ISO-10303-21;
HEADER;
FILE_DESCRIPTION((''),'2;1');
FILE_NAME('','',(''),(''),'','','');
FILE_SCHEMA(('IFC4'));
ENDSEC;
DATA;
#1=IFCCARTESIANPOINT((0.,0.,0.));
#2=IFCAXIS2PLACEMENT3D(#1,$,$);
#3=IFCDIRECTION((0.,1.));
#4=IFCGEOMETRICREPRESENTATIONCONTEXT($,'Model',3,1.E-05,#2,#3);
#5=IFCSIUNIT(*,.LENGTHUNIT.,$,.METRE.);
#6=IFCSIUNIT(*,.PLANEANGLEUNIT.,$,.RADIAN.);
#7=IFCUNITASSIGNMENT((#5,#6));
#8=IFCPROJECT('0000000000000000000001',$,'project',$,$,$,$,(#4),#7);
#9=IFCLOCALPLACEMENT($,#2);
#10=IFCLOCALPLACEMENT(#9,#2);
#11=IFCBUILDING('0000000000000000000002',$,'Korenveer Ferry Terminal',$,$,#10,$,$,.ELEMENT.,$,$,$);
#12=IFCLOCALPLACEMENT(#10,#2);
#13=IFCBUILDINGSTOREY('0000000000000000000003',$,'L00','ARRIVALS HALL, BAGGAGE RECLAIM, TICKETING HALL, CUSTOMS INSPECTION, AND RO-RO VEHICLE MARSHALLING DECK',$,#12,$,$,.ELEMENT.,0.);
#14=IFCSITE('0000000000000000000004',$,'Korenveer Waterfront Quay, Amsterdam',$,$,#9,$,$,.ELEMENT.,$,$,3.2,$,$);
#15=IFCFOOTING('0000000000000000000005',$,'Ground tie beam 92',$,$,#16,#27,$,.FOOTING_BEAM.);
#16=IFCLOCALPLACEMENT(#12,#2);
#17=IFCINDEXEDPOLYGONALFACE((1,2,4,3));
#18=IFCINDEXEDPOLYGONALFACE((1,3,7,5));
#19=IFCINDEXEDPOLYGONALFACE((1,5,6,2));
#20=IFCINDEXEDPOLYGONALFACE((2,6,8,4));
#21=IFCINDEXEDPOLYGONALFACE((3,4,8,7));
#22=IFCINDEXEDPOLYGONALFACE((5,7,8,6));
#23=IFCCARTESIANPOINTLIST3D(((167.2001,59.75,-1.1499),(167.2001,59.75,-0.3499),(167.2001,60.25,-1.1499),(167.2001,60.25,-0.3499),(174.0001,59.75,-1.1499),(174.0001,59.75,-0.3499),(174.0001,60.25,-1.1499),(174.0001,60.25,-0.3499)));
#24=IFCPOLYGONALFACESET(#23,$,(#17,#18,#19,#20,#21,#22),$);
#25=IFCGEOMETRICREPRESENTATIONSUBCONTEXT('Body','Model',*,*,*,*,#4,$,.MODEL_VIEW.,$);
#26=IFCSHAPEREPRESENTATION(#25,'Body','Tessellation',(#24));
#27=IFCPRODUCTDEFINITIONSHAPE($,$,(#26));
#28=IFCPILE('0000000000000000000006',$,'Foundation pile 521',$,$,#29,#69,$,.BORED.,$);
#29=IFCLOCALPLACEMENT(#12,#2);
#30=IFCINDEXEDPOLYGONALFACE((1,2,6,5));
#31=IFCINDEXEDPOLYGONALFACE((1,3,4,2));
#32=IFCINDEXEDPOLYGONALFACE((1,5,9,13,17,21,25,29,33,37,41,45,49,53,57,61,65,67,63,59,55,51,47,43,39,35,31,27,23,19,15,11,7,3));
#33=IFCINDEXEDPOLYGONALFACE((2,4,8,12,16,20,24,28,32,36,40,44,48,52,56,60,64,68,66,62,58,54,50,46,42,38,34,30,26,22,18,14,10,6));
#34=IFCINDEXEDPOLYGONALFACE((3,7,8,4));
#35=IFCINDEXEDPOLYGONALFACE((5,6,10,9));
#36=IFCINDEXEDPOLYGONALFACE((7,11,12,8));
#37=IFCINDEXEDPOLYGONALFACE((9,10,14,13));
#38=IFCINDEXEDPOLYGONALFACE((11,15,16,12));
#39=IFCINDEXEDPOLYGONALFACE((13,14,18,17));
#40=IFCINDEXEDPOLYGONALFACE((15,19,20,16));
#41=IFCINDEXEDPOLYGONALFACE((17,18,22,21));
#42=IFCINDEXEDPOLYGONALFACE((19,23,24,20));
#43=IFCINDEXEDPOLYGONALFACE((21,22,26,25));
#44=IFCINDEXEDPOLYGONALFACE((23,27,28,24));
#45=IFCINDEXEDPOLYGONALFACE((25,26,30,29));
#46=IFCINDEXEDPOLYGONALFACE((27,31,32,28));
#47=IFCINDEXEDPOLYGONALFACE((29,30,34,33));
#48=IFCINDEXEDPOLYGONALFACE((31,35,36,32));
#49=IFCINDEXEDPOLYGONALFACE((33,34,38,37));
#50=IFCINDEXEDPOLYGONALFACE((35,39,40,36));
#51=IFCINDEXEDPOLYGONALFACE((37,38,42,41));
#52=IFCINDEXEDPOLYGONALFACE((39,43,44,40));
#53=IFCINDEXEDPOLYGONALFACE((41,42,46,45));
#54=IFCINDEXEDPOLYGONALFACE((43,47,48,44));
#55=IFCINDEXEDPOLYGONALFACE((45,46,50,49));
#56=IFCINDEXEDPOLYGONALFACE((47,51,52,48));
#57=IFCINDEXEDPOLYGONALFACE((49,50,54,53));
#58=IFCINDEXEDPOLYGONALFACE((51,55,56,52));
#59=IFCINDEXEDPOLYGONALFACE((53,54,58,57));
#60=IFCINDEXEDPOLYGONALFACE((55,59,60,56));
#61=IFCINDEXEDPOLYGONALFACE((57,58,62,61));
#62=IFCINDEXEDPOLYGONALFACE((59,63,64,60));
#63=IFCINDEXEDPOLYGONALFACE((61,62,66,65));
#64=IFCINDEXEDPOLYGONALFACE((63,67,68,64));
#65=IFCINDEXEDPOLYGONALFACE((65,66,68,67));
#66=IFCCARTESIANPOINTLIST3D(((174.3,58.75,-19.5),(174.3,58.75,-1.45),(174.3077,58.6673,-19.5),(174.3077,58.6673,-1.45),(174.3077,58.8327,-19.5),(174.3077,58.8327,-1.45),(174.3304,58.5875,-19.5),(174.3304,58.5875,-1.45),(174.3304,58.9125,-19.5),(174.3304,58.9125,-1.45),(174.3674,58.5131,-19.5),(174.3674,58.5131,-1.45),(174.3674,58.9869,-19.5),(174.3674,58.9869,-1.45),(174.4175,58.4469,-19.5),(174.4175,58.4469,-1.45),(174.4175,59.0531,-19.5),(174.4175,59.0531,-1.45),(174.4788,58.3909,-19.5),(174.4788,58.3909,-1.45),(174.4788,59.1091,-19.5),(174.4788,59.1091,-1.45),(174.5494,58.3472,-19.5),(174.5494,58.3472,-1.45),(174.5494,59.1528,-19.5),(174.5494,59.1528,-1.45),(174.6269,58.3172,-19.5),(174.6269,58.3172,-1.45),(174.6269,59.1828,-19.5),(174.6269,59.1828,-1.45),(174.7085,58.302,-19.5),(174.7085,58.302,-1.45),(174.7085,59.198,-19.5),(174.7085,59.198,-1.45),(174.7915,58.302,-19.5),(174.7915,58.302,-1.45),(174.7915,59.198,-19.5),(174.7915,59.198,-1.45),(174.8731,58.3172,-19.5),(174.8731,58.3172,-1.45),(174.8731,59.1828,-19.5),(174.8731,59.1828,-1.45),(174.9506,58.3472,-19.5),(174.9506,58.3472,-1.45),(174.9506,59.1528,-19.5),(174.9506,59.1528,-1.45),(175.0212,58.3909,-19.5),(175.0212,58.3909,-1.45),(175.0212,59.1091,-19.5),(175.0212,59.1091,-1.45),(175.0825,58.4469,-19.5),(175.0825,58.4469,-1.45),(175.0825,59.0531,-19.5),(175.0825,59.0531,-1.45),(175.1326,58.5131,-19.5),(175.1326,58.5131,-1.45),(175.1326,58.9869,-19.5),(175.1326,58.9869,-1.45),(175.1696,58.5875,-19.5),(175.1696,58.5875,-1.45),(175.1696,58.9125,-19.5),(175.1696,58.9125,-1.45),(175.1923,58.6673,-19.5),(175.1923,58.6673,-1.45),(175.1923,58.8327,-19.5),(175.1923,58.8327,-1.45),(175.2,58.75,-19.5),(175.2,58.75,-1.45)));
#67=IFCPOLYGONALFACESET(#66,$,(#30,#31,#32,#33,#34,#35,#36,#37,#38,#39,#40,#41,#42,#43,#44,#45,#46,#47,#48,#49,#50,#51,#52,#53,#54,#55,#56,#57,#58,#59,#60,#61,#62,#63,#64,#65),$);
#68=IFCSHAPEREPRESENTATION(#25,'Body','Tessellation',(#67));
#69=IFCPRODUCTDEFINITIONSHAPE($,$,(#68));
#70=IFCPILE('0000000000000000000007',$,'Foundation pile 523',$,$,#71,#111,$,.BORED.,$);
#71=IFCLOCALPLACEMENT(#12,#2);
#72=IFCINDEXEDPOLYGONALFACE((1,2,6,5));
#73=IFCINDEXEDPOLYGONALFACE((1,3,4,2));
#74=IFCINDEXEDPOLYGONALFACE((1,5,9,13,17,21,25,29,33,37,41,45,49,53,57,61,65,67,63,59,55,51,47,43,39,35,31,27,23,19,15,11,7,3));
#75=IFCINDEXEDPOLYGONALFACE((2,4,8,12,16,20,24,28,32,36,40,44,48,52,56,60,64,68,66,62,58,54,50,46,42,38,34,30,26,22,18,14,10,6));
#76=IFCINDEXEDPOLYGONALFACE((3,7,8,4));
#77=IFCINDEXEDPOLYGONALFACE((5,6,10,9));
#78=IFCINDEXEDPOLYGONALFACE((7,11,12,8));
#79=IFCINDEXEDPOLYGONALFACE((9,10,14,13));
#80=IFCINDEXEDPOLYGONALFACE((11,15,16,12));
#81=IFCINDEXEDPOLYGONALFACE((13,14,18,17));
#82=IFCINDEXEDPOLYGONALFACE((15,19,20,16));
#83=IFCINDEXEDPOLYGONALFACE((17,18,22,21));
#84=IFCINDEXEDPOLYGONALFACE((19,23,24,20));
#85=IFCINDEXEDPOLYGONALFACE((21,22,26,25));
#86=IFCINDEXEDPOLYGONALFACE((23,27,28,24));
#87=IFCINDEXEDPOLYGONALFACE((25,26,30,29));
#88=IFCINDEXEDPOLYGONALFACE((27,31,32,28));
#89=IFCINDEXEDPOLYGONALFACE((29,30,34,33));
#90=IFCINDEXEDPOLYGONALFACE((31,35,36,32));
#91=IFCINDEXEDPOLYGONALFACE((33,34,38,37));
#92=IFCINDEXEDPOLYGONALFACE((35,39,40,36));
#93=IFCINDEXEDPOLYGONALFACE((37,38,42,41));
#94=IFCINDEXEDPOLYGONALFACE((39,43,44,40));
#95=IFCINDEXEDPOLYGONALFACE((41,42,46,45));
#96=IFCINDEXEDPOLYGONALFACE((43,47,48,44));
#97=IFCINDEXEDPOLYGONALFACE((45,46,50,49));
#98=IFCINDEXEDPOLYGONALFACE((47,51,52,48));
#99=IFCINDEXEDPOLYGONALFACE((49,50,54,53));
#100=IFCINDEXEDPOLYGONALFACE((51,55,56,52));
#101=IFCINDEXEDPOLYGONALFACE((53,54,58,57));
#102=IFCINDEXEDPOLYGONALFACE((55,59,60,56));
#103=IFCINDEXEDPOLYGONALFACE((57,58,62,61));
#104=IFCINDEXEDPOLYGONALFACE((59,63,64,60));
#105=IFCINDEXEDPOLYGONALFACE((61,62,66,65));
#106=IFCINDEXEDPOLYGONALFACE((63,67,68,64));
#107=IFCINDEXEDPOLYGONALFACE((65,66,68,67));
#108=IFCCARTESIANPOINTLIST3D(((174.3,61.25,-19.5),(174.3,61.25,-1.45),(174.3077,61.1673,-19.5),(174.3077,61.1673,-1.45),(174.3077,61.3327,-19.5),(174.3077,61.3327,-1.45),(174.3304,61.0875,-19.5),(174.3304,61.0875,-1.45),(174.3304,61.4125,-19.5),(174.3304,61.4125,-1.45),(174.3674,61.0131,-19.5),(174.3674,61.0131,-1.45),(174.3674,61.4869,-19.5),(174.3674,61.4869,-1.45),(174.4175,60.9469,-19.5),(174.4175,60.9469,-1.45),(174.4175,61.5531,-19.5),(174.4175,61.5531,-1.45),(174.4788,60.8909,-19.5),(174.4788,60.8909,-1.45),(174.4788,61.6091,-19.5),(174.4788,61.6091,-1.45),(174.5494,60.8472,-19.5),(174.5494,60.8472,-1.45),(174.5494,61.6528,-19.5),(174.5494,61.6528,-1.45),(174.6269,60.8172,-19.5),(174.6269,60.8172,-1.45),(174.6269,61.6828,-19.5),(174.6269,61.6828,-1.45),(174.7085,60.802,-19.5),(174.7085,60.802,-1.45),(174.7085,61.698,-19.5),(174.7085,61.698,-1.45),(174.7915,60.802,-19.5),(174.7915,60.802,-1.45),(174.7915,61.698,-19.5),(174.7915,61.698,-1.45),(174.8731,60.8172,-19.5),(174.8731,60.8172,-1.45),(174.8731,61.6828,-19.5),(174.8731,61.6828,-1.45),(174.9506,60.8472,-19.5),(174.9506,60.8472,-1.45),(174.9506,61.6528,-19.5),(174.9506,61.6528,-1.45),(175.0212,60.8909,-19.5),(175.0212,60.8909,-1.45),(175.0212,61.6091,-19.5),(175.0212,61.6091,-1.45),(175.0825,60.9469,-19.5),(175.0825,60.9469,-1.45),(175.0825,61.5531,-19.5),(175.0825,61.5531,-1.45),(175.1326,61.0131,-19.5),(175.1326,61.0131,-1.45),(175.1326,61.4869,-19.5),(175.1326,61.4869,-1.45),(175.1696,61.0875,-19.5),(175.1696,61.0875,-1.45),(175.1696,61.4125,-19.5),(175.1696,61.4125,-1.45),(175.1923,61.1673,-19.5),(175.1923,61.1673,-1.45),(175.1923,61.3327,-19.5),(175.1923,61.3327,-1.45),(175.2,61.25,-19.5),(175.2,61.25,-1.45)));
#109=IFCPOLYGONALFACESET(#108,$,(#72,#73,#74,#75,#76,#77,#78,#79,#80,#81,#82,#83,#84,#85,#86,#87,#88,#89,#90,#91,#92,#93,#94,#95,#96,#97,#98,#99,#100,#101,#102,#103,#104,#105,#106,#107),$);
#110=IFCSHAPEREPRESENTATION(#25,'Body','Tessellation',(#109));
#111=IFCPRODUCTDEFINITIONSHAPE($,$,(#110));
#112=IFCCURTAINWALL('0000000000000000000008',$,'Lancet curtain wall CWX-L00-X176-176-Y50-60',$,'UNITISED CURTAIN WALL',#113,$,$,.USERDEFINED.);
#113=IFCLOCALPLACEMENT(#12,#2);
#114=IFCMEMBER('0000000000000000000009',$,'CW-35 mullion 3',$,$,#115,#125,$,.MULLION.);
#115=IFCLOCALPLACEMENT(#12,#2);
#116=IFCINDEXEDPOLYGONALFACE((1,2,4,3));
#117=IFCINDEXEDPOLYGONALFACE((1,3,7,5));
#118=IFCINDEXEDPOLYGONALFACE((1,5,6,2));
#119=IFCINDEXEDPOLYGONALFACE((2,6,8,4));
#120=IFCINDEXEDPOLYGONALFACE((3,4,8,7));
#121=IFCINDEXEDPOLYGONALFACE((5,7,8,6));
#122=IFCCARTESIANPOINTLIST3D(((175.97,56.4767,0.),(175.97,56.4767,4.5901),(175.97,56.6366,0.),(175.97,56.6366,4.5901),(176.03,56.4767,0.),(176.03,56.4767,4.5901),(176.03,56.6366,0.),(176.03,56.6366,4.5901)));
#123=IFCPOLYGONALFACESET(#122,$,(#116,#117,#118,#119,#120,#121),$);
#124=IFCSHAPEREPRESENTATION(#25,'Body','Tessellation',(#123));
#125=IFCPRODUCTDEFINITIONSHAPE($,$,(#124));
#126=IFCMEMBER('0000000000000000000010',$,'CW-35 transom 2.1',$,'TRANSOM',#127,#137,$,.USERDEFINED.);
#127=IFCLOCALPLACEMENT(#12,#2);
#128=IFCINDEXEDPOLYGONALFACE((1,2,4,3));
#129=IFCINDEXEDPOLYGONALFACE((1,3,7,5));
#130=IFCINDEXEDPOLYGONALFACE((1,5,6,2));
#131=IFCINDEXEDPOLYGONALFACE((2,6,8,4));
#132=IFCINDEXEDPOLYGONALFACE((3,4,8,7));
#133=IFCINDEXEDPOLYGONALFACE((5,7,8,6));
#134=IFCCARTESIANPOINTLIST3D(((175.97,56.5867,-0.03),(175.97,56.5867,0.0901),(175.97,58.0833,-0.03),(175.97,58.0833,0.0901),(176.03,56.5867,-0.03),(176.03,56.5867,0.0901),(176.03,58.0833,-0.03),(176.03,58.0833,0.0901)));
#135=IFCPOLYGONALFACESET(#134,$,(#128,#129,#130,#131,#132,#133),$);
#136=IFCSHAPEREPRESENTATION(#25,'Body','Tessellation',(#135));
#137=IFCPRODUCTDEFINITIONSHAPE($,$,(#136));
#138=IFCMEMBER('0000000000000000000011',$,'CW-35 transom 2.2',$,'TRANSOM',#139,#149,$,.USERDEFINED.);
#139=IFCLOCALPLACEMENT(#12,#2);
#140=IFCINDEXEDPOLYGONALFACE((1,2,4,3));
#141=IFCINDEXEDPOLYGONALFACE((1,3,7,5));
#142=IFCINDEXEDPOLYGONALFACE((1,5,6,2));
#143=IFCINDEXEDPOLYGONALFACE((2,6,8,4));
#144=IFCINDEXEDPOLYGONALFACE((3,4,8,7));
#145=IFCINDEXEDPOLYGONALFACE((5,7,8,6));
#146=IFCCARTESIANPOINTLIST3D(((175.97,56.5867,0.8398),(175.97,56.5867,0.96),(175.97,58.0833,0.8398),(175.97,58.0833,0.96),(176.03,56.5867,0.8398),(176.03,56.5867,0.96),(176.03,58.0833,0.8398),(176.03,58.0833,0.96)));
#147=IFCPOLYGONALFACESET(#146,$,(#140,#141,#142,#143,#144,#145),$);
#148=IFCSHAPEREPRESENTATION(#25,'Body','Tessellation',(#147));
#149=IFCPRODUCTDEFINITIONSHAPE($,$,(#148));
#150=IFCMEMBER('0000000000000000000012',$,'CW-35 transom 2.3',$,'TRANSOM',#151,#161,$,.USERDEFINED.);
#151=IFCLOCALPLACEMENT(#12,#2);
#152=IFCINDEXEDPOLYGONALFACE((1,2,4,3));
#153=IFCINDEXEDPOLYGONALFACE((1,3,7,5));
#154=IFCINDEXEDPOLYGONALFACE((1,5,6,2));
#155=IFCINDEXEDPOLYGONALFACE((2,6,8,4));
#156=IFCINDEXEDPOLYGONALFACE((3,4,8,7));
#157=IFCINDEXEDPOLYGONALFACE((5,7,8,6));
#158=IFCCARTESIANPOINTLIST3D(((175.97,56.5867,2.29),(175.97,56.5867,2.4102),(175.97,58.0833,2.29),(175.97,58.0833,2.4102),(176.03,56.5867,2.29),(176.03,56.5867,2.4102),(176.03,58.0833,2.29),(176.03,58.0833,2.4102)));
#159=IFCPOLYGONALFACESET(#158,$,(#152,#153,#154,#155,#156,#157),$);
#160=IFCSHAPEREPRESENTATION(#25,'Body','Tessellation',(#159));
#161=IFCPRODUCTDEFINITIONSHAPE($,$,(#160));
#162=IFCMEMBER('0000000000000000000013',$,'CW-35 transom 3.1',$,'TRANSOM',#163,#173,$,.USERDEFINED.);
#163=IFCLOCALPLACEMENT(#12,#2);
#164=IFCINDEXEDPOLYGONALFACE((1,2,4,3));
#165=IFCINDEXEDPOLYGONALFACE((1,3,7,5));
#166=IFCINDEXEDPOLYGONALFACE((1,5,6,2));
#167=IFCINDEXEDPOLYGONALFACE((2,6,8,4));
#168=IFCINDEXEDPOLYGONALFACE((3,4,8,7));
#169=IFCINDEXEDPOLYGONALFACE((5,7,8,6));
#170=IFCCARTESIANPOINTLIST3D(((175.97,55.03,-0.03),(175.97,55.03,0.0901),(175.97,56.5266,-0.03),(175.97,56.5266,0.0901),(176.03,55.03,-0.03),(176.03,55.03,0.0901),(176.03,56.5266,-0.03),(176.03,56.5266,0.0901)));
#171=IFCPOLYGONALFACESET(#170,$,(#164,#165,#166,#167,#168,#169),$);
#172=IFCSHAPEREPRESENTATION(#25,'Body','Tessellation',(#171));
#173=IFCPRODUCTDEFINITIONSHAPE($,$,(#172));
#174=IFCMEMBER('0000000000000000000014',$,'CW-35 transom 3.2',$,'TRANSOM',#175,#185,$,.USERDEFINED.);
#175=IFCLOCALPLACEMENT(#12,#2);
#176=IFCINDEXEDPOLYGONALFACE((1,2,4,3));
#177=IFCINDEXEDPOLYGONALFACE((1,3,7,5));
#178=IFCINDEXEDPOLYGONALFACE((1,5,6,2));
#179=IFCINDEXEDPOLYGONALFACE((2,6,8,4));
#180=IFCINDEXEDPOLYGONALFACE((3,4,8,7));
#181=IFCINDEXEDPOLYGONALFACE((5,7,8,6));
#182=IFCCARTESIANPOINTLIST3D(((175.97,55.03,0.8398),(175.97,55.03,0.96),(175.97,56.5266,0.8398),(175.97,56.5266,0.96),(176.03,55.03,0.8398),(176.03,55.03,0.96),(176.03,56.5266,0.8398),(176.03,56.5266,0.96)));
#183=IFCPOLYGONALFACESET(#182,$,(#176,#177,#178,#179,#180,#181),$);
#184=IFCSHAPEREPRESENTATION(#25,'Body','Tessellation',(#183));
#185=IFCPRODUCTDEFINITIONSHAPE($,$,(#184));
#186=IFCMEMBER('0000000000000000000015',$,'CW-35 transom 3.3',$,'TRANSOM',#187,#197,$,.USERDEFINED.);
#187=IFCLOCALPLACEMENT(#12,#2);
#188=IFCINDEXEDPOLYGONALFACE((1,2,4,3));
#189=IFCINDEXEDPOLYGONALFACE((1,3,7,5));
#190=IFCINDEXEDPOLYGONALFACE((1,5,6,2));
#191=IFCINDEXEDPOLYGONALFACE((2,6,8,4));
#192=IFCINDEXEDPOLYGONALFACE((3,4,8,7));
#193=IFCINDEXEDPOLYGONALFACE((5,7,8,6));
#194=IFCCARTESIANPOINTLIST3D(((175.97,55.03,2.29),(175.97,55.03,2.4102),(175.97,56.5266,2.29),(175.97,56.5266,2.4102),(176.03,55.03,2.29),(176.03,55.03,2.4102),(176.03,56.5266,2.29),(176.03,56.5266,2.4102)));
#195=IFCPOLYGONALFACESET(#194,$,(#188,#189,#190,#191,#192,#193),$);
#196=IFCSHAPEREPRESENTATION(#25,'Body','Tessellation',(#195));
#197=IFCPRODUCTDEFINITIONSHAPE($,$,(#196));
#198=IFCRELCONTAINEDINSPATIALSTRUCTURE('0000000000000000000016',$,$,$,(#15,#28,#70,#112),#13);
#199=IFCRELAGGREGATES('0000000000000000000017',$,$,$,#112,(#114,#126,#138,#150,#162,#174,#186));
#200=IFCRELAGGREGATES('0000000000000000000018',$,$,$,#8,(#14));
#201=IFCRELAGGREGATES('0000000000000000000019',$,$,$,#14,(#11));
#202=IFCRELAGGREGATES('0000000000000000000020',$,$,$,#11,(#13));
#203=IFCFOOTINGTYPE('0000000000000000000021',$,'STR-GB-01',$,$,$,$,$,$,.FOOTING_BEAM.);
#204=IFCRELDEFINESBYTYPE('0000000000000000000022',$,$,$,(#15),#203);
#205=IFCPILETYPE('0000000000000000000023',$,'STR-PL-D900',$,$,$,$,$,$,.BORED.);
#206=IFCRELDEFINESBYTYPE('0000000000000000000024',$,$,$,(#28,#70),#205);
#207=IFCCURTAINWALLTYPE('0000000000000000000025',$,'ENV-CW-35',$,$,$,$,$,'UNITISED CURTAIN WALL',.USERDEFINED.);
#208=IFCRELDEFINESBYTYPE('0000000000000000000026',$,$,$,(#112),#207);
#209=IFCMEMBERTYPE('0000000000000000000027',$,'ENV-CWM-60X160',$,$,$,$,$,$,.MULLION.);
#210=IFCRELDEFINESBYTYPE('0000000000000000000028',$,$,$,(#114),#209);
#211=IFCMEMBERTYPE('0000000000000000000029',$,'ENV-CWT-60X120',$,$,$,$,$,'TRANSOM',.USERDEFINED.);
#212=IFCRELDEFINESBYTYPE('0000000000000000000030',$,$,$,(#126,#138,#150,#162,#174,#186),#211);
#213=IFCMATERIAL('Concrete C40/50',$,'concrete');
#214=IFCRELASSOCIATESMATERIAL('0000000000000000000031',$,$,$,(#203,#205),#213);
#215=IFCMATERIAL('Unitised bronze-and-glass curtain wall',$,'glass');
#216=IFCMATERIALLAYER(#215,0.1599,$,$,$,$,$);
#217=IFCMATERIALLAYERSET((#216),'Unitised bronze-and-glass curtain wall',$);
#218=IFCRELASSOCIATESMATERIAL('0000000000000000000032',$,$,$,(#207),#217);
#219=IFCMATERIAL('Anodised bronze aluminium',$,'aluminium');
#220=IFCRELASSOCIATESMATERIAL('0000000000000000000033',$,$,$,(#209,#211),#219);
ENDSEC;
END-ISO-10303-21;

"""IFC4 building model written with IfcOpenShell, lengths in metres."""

from ifc_helpers import new_model, si_unit, direction, frame, origin, origin_2d, place, context, subcontext, project, spatial, rectangle, circle, extrude, material, layer, layer_set, material_profile, profile_set, type_object, element, aggregate, save


model = new_model("IFC4")

# Units and contexts
model_context = context("Model", 3, precision=1e-05, world=origin(), true_north=direction((0.0, 1.0)))
body_context = subcontext(model_context, "Body", "Model", "MODEL_VIEW")
ifc_project = project(units=[si_unit("LENGTHUNIT", "METRE"), si_unit("PLANEANGLEUNIT", "RADIAN")], contexts=[model_context])

# Site, building, storey
site_placement = place(None, origin())
site = spatial("IfcSite", under=ifc_project, at=site_placement, Name="Korenveer Waterfront Quay, Amsterdam", CompositionType="ELEMENT", RefElevation=3.2)
building_placement = place(site_placement, origin())
building = spatial("IfcBuilding", under=site, at=building_placement, Name="Korenveer Ferry Terminal", CompositionType="ELEMENT")
storey_placement = place(building_placement, origin())
storey = spatial("IfcBuildingStorey", under=building, at=storey_placement, Name="L00", Description="ARRIVALS HALL, BAGGAGE RECLAIM, TICKETING HALL, CUSTOMS INSPECTION, AND RO-RO VEHICLE MARSHALLING DECK", CompositionType="ELEMENT", Elevation=0.0)

# Footing
ifc_material_1 = material(Name="Concrete C40/50", Category="concrete")
footing_type = type_object("IfcFootingType", Name="STR-GB-01", PredefinedType="FOOTING_BEAM", material=ifc_material_1)
footing_placement = place(storey_placement, frame((170.6001, 60.0, -1.1499), z_axis=(0.0, 0.0, 1.0), x_axis=(1.0, 0.0, 0.0)))
element("IfcFooting", 1, at=footing_placement, inside=storey, type_object=footing_type, Name="Ground tie beam 92", PredefinedType="FOOTING_BEAM", context=body_context, shape_type="SweptSolid", body=[
    extrude(rectangle(XDim=6.8, YDim=0.5, at=origin_2d()), origin(), (0.0, 0.0, 1.0), 0.8),
])

# Piles
ifc_material_profile_1 = material_profile(ifc_material_1, circle(Radius=0.45, at=origin_2d()), Name="PILE D900")
ifc_profile_set_1 = profile_set([ifc_material_profile_1], Name="Concrete C40/50")
pile_type = type_object("IfcPileType", Name="STR-PL-D900", PredefinedType="BORED", material=ifc_profile_set_1)
for number, where, z_axis, x_axis, name in (
    (2, (174.75, 58.75, -1.45), (0.0, 0.0, -1.0), (1.0, 0.0, 0.0), "Foundation pile 521"),
    (3, (174.75, 61.25, -1.45), (0.0, 0.0, -1.0), (1.0, 0.0, 0.0), "Foundation pile 523"),
):
    element("IfcPile", number, at=place(storey_placement, frame(where, z_axis=z_axis, x_axis=x_axis)), inside=storey, type_object=pile_type, Name=name, PredefinedType="BORED", context=body_context, shape_type="SweptSolid", body=[
        extrude(circle(Radius=0.45, at=origin_2d()), origin(), (0.0, 0.0, 1.0), 18.05),
    ])

# Curtain wall, members
ifc_material_2 = material(Name="Unitised bronze-and-glass curtain wall", Category="glass")
ifc_layer_1 = layer(ifc_material_2, 0.1599)
ifc_layer_set_1 = layer_set([ifc_layer_1], Name="Unitised bronze-and-glass curtain wall")
curtain_wall_type = type_object("IfcCurtainWallType", Name="ENV-CW-35", ElementType="UNITISED CURTAIN WALL", PredefinedType="USERDEFINED", material=ifc_layer_set_1)
curtain_wall_placement = place(storey_placement, frame((176.0, 59.6699, 0.0)))
curtain_wall = element("IfcCurtainWall", 4, at=curtain_wall_placement, inside=storey, type_object=curtain_wall_type, Name="Lancet curtain wall CWX-L00-X176-176-Y50-60", ObjectType="UNITISED CURTAIN WALL", PredefinedType="USERDEFINED")
ifc_material_3 = material(Name="Anodised bronze aluminium", Category="aluminium")
ifc_material_profile_2 = material_profile(ifc_material_3, rectangle(XDim=0.0601, YDim=0.1599, at=origin_2d()), Name="ALU 60x160")
ifc_profile_set_2 = profile_set([ifc_material_profile_2], Name="Anodised bronze aluminium")
member_type_1 = type_object("IfcMemberType", Name="ENV-CWM-60X160", PredefinedType="MULLION", material=ifc_profile_set_2)
member_1_placement = place(storey_placement, frame((176.0, 56.5566, 0.0), z_axis=(0.0, 0.0, 1.0), x_axis=(1.0, 0.0, 0.0)))
member_1 = element("IfcMember", 5, at=member_1_placement, type_object=member_type_1, Name="CW-35 mullion 3", PredefinedType="MULLION", context=body_context, shape_type="SweptSolid", body=[
    extrude(rectangle(XDim=0.0601, YDim=0.1599, at=origin_2d()), origin(), (0.0, 0.0, 1.0), 4.5901),
])
ifc_material_profile_3 = material_profile(ifc_material_3, rectangle(XDim=0.0601, YDim=0.1201, at=origin_2d()), Name="ALU 60x120")
ifc_profile_set_3 = profile_set([ifc_material_profile_3], Name="Anodised bronze aluminium")
member_type_2 = type_object("IfcMemberType", Name="ENV-CWT-60X120", ElementType="TRANSOM", PredefinedType="USERDEFINED", material=ifc_profile_set_3)
member_2_placement = place(storey_placement, frame((176.0, 58.0833, 0.03), z_axis=(0.0, -1.0, 0.0), x_axis=(1.0, 0.0, 0.0)))
member_2 = element("IfcMember", 6, at=member_2_placement, type_object=member_type_2, Name="CW-35 transom 2.1", ObjectType="TRANSOM", PredefinedType="USERDEFINED", context=body_context, shape_type="SweptSolid", body=[
    extrude(rectangle(XDim=0.0601, YDim=0.1201, at=origin_2d()), origin(), (0.0, 0.0, 1.0), 1.4966),
])
member_3_placement = place(storey_placement, frame((176.0, 58.0833, 0.8999), z_axis=(0.0, -1.0, 0.0), x_axis=(1.0, 0.0, 0.0)))
member_3 = element("IfcMember", 7, at=member_3_placement, type_object=member_type_2, Name="CW-35 transom 2.2", ObjectType="TRANSOM", PredefinedType="USERDEFINED", context=body_context, shape_type="SweptSolid", body=[
    extrude(rectangle(XDim=0.0601, YDim=0.1201, at=origin_2d()), origin(), (0.0, 0.0, 1.0), 1.4966),
])
member_4_placement = place(storey_placement, frame((176.0, 58.0833, 2.3501), z_axis=(0.0, -1.0, 0.0), x_axis=(1.0, 0.0, 0.0)))
member_4 = element("IfcMember", 8, at=member_4_placement, type_object=member_type_2, Name="CW-35 transom 2.3", ObjectType="TRANSOM", PredefinedType="USERDEFINED", context=body_context, shape_type="SweptSolid", body=[
    extrude(rectangle(XDim=0.0601, YDim=0.1201, at=origin_2d()), origin(), (0.0, 0.0, 1.0), 1.4966),
])
member_5_placement = place(storey_placement, frame((176.0, 56.5266, 0.03), z_axis=(0.0, -1.0, 0.0), x_axis=(1.0, 0.0, 0.0)))
member_5 = element("IfcMember", 9, at=member_5_placement, type_object=member_type_2, Name="CW-35 transom 3.1", ObjectType="TRANSOM", PredefinedType="USERDEFINED", context=body_context, shape_type="SweptSolid", body=[
    extrude(rectangle(XDim=0.0601, YDim=0.1201, at=origin_2d()), origin(), (0.0, 0.0, 1.0), 1.4966),
])
member_6_placement = place(storey_placement, frame((176.0, 56.5266, 0.8999), z_axis=(0.0, -1.0, 0.0), x_axis=(1.0, 0.0, 0.0)))
member_6 = element("IfcMember", 10, at=member_6_placement, type_object=member_type_2, Name="CW-35 transom 3.2", ObjectType="TRANSOM", PredefinedType="USERDEFINED", context=body_context, shape_type="SweptSolid", body=[
    extrude(rectangle(XDim=0.0601, YDim=0.1201, at=origin_2d()), origin(), (0.0, 0.0, 1.0), 1.4966),
])
member_7_placement = place(storey_placement, frame((176.0, 56.5266, 2.3501), z_axis=(0.0, -1.0, 0.0), x_axis=(1.0, 0.0, 0.0)))
member_7 = element("IfcMember", 11, at=member_7_placement, type_object=member_type_2, Name="CW-35 transom 3.3", ObjectType="TRANSOM", PredefinedType="USERDEFINED", context=body_context, shape_type="SweptSolid", body=[
    extrude(rectangle(XDim=0.0601, YDim=0.1201, at=origin_2d()), origin(), (0.0, 0.0, 1.0), 1.4966),
])

aggregate(curtain_wall, [member_1, member_2, member_3, member_4, member_5, member_6, member_7])

save(model, "model.ifc")
